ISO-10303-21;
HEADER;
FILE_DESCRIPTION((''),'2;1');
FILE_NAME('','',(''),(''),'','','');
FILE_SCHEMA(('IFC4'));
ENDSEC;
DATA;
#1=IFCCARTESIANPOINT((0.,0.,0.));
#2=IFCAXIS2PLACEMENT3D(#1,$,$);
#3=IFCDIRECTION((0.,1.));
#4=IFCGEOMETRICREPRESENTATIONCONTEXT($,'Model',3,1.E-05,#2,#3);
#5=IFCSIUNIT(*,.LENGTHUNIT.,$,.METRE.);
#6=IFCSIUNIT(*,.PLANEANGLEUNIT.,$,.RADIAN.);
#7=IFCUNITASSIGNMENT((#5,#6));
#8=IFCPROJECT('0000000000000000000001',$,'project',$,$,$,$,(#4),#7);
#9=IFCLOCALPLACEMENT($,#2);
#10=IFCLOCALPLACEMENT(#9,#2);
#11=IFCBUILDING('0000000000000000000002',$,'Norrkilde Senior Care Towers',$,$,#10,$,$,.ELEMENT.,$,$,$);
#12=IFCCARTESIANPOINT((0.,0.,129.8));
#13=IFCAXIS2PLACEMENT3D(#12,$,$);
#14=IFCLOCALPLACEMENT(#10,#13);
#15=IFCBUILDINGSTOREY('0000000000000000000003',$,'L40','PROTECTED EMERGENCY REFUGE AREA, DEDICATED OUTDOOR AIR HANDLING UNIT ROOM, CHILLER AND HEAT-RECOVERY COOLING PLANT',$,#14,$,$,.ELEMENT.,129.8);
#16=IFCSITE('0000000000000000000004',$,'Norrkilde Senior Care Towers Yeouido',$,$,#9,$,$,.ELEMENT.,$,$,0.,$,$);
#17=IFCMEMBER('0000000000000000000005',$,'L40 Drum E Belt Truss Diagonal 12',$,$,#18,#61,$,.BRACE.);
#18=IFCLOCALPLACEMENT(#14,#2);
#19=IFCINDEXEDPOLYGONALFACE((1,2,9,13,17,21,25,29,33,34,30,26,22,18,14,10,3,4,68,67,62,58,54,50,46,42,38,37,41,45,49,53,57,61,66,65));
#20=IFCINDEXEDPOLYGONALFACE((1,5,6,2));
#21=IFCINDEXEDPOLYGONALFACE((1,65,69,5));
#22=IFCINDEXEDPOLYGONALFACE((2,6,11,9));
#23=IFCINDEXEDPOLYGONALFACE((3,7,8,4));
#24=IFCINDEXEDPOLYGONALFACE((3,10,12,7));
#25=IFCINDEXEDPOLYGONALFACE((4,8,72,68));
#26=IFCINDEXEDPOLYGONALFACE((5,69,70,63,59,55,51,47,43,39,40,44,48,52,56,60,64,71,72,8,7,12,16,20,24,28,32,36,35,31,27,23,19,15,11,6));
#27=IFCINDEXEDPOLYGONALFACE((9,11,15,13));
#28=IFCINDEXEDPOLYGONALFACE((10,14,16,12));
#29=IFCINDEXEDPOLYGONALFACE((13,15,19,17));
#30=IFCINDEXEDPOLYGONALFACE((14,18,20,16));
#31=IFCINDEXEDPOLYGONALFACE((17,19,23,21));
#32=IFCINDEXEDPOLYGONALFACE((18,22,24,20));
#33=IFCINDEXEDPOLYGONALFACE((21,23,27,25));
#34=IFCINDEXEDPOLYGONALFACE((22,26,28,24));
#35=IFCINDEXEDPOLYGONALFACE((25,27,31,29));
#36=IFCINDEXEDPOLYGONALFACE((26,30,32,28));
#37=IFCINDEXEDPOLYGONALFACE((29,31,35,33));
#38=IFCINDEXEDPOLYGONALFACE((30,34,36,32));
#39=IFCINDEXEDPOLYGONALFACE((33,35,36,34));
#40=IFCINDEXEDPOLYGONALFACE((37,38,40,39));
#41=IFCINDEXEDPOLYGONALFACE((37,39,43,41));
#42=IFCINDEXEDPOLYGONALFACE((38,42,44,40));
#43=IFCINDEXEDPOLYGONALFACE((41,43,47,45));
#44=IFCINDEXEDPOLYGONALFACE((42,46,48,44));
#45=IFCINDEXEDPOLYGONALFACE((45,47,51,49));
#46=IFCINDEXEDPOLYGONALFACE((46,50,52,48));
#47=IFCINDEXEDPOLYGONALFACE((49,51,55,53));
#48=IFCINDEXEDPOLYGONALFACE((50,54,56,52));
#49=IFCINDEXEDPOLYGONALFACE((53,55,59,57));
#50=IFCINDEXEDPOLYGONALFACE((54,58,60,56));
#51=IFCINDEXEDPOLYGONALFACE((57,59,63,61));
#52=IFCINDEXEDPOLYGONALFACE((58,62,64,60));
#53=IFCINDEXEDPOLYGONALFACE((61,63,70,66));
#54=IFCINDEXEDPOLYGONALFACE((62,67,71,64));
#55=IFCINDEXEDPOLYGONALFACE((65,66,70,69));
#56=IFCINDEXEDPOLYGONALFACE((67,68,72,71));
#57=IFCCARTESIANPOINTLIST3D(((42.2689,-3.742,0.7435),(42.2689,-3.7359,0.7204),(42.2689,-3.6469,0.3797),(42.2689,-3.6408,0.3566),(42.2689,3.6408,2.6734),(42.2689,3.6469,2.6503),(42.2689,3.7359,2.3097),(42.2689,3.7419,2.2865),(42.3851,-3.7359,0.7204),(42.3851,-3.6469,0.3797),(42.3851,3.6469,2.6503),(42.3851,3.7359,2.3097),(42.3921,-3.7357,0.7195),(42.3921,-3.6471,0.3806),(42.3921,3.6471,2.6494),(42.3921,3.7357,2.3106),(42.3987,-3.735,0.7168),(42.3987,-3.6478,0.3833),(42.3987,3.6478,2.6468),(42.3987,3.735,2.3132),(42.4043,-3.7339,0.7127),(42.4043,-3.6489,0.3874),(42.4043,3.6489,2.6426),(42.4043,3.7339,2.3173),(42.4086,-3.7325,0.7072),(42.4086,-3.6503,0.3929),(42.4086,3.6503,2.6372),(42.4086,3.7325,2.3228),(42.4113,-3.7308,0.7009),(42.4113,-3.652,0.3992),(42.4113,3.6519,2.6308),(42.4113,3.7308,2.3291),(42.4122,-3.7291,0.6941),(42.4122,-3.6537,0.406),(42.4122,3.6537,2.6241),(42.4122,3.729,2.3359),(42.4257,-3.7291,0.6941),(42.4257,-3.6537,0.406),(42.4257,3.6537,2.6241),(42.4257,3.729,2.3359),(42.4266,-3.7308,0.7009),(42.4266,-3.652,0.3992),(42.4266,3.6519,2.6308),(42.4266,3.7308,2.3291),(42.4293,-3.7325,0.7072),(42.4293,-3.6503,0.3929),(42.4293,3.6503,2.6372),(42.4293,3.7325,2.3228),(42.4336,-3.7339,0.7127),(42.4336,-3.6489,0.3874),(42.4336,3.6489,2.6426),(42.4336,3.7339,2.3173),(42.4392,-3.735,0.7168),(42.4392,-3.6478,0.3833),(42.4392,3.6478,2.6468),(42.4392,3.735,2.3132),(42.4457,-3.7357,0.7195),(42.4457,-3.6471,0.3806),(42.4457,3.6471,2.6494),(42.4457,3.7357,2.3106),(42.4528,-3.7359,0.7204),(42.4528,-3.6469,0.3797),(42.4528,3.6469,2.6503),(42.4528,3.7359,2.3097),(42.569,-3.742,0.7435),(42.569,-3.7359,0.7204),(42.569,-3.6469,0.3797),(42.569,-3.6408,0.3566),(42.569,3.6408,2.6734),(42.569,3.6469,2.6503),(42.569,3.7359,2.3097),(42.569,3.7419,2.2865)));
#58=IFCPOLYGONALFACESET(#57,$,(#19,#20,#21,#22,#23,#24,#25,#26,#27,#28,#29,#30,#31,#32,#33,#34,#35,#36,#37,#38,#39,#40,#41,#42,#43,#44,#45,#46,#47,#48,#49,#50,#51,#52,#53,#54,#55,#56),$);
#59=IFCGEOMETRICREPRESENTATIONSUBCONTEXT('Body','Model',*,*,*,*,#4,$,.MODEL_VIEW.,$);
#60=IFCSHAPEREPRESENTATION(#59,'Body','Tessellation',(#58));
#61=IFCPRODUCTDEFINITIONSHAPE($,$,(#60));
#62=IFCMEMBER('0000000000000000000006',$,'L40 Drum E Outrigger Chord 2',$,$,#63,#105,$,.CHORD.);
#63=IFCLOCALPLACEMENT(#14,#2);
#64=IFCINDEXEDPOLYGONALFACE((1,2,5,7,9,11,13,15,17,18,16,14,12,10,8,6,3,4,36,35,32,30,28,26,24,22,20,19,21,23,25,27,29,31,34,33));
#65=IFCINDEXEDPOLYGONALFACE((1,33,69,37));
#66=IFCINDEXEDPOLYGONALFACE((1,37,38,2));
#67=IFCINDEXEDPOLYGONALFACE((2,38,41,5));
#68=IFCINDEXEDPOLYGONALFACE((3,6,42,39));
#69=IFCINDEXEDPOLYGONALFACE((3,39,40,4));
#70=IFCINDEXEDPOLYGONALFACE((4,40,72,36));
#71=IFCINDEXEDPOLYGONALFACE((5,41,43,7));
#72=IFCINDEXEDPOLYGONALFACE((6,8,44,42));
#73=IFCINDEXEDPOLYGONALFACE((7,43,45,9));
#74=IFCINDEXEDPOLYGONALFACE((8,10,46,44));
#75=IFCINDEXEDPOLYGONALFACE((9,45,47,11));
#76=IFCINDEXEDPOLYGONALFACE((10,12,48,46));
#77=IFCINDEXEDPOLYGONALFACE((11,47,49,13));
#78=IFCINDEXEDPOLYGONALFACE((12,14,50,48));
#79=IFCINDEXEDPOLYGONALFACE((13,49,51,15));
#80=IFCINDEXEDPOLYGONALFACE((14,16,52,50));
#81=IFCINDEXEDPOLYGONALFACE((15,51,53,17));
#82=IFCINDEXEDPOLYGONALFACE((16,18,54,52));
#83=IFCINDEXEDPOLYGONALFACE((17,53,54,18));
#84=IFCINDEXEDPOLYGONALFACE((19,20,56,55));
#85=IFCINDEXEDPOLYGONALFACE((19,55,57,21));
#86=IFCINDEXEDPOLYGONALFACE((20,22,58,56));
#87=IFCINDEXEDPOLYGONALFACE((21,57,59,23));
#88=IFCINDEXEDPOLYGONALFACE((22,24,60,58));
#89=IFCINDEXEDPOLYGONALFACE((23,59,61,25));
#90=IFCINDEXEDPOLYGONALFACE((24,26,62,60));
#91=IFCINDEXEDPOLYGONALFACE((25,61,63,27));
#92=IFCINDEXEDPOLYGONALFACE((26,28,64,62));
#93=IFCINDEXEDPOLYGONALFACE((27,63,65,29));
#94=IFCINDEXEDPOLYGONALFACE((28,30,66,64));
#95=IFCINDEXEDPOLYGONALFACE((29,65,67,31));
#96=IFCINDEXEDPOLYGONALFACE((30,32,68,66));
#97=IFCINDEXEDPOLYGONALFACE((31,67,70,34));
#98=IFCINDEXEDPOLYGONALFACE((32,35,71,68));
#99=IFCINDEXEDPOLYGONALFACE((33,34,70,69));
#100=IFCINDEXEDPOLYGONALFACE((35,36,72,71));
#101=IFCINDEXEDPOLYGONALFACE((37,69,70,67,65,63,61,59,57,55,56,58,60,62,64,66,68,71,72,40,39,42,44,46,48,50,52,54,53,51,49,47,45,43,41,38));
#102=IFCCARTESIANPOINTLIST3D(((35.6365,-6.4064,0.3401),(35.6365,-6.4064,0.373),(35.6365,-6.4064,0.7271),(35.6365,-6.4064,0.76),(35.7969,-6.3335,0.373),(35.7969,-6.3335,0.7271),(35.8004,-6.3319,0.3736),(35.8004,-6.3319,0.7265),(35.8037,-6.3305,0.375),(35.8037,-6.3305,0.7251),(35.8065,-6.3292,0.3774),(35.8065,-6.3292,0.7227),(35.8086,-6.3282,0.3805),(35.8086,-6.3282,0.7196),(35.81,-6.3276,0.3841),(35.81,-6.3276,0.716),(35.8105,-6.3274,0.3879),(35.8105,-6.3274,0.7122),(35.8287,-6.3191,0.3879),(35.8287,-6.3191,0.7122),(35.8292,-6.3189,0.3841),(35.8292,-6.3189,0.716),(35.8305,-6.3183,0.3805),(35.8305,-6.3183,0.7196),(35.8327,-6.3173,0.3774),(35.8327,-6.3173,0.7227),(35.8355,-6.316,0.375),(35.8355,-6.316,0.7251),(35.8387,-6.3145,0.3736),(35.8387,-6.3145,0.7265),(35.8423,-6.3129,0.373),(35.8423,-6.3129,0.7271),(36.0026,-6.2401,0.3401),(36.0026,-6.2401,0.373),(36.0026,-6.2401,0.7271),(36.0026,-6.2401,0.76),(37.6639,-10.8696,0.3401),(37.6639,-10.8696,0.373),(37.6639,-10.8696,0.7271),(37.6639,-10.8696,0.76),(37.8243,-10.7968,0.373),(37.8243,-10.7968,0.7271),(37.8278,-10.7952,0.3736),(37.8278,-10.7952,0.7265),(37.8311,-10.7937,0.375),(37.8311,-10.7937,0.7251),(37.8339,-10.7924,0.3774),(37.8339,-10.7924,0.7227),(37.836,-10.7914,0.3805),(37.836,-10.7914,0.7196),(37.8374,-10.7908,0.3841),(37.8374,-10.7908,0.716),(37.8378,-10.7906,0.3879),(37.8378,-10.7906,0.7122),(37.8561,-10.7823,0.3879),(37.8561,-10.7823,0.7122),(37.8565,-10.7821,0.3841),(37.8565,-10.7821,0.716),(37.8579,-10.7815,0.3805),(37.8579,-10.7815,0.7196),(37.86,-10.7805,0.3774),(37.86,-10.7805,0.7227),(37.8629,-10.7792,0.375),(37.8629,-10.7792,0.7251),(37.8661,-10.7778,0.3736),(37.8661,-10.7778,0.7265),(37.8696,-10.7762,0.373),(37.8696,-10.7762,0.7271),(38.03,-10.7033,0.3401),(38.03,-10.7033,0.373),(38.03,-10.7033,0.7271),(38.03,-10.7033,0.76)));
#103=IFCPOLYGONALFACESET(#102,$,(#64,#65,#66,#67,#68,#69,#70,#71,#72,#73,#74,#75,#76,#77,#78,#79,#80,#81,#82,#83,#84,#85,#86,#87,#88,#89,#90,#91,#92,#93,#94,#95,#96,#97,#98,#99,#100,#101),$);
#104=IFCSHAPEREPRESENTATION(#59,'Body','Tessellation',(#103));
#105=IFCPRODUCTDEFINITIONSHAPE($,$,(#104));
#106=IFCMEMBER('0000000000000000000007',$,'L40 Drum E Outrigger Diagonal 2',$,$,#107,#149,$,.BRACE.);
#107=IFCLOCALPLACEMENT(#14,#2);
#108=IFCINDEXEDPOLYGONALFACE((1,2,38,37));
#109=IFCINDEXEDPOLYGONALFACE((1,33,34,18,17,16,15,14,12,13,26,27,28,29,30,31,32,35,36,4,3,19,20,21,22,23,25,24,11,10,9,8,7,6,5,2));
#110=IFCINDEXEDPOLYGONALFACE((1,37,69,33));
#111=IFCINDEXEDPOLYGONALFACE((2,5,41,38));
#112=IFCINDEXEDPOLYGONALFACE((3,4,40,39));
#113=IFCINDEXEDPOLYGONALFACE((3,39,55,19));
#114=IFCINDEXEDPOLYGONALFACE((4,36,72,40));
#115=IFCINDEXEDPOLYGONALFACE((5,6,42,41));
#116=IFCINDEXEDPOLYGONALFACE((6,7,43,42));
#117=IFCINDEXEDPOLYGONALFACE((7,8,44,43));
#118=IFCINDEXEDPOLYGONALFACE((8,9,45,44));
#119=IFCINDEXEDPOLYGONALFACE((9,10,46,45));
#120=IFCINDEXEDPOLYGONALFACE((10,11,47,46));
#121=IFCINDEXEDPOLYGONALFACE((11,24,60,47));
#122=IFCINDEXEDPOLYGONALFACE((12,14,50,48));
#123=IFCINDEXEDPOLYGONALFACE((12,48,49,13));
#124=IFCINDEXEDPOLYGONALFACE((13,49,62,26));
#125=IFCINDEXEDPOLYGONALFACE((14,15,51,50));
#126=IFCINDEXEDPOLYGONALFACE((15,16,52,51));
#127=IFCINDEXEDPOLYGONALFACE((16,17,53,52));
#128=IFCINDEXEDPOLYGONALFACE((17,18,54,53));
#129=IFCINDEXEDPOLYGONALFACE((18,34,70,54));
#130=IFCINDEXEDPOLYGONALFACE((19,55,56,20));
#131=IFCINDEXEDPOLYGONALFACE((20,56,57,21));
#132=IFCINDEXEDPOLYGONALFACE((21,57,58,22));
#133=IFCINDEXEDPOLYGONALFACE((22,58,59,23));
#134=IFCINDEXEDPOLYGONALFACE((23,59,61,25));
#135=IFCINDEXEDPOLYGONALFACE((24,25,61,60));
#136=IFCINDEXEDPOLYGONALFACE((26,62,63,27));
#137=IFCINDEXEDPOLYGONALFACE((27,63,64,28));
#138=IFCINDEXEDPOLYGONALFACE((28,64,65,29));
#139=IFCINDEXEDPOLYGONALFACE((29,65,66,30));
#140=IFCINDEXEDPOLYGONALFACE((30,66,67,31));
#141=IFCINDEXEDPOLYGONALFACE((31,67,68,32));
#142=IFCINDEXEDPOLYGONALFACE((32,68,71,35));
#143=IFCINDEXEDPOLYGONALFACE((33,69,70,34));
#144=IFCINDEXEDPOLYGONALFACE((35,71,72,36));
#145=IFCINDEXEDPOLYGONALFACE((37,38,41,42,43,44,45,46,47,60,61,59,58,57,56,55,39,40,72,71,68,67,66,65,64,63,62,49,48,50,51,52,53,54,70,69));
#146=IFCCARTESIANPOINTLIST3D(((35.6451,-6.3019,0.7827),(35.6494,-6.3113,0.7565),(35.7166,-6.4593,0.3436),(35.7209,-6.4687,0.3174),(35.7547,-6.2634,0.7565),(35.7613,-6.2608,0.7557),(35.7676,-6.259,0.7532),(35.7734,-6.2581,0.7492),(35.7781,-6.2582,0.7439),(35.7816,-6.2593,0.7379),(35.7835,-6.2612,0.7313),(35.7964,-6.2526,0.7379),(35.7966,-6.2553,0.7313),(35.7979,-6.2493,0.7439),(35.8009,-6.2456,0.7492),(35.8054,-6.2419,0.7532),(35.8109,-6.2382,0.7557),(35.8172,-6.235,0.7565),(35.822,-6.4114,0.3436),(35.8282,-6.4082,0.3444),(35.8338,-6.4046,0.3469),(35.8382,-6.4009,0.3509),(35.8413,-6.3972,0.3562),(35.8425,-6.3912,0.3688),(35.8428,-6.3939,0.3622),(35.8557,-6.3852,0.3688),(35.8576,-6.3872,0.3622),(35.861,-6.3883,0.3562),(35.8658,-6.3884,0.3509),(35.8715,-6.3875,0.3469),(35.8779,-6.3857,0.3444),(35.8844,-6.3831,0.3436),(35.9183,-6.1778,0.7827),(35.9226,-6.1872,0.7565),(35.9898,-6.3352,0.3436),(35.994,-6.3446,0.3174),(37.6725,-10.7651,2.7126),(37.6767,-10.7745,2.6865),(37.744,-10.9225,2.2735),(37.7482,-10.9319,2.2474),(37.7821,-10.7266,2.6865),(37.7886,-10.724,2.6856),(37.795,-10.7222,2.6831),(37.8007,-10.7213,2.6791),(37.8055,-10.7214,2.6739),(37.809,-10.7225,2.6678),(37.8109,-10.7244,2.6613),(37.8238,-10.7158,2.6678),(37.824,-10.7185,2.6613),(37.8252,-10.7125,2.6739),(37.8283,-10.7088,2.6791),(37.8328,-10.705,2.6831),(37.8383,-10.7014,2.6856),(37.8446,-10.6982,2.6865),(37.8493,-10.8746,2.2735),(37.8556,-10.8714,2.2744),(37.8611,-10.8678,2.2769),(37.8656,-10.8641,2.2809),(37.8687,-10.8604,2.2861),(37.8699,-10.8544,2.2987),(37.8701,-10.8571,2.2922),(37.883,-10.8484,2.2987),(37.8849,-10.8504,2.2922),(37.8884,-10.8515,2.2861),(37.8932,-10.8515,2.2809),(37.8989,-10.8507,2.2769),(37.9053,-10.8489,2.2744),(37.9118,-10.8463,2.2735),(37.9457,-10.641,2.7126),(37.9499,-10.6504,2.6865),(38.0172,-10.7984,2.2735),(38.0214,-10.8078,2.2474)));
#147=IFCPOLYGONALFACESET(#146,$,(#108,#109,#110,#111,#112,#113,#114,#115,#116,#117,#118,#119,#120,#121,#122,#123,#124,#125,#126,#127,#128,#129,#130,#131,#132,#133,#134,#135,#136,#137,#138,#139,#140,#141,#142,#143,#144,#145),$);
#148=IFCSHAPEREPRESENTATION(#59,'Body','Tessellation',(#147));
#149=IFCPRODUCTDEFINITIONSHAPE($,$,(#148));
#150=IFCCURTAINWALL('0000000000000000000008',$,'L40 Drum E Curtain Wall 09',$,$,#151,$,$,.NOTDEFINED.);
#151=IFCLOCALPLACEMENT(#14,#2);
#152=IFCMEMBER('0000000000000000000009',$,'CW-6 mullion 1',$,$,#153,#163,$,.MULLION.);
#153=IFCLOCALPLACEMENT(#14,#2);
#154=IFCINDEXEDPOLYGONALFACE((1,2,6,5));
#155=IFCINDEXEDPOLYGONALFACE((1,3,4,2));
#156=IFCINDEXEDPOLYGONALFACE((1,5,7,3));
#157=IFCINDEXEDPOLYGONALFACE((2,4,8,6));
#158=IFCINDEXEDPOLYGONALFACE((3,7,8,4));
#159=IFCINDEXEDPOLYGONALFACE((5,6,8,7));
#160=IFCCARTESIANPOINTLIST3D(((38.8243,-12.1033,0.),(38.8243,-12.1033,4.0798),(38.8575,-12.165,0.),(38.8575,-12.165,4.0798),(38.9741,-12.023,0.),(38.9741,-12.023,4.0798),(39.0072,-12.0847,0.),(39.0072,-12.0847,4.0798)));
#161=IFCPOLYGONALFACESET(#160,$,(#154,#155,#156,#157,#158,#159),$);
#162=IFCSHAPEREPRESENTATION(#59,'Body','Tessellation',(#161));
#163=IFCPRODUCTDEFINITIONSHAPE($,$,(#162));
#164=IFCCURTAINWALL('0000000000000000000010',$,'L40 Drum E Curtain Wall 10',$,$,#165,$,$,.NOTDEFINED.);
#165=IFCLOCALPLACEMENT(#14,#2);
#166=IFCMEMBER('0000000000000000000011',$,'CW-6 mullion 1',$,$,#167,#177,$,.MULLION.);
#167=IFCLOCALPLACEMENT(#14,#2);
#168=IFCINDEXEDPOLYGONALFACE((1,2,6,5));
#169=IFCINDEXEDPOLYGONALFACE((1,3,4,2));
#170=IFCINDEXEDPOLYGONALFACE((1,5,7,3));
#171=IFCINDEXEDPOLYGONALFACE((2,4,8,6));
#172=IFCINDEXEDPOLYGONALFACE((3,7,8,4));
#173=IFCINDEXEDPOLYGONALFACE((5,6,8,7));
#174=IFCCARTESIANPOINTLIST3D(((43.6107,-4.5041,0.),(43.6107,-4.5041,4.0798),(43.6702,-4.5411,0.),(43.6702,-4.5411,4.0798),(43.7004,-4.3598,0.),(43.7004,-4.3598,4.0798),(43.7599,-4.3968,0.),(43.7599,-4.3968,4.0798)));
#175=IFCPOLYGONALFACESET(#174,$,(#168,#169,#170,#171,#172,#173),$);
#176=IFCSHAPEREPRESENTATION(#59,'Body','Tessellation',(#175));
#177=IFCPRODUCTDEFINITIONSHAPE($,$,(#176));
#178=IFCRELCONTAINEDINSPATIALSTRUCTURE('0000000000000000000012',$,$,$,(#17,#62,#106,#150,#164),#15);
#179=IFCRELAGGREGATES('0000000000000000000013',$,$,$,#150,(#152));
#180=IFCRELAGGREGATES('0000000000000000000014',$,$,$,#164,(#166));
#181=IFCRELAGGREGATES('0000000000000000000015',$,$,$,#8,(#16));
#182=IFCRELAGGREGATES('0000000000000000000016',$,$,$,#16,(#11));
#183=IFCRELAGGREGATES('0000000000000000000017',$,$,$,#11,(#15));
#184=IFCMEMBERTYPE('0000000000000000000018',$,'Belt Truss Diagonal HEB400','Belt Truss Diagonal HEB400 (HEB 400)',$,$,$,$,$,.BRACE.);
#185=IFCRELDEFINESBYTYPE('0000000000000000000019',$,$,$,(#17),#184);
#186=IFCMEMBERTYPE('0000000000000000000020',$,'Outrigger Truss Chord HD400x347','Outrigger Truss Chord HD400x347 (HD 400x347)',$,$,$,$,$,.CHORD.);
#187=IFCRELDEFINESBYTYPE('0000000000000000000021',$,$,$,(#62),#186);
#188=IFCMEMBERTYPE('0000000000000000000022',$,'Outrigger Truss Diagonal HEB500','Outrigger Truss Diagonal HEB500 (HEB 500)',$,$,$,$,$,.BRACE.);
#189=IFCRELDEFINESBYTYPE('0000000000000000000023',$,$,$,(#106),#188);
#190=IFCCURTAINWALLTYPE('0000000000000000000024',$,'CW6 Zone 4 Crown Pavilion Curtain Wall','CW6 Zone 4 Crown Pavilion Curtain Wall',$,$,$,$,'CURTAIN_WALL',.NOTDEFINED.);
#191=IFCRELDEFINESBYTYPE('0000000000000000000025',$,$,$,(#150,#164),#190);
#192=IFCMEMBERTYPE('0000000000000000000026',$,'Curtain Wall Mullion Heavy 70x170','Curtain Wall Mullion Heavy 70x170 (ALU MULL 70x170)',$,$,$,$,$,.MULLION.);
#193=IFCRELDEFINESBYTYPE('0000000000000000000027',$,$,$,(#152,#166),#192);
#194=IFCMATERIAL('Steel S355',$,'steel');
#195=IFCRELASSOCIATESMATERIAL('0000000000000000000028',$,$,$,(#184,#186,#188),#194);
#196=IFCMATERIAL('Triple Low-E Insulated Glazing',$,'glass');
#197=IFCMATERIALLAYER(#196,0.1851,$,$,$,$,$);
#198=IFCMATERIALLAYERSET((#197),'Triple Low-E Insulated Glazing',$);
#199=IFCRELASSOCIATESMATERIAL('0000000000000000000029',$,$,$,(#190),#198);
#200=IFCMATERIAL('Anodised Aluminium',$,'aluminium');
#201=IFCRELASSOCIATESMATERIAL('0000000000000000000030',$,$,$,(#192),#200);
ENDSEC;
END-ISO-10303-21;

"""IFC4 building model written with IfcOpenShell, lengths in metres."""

from ifc_helpers import new_model, si_unit, direction, frame, origin, origin_2d, place, context, subcontext, project, spatial, rectangle, i_section, extrude, source, transform, mapped, material, layer, layer_set, material_profile, profile_set, type_object, type_shapes, element, aggregate, save


model = new_model("IFC4")

# Units and contexts
model_context = context("Model", 3, precision=1e-05, world=origin(), true_north=direction((0.0, 1.0)))
body_context = subcontext(model_context, "Body", "Model", "MODEL_VIEW")
ifc_project = project(units=[si_unit("LENGTHUNIT", "METRE"), si_unit("PLANEANGLEUNIT", "RADIAN")], contexts=[model_context])

# Site, building, storey
site_placement = place(None, origin())
site = spatial("IfcSite", under=ifc_project, at=site_placement, Name="Norrkilde Senior Care Towers Yeouido", CompositionType="ELEMENT", RefElevation=0.0)
building_placement = place(site_placement, origin())
building = spatial("IfcBuilding", under=site, at=building_placement, Name="Norrkilde Senior Care Towers", CompositionType="ELEMENT")
storey_placement = place(building_placement, frame((0.0, 0.0, 129.8)))
storey = spatial("IfcBuildingStorey", under=building, at=storey_placement, Name="L40", Description="PROTECTED EMERGENCY REFUGE AREA, DEDICATED OUTDOOR AIR HANDLING UNIT ROOM, CHILLER AND HEAT-RECOVERY COOLING PLANT", CompositionType="ELEMENT", Elevation=129.8)

# Members
ifc_material_1 = material(Name="Steel S355", Category="steel")
ifc_material_profile_1 = material_profile(ifc_material_1, i_section(OverallWidth=0.3, OverallDepth=0.3999, WebThickness=0.0134, FlangeThickness=0.0239, FilletRadius=0.0271, at=origin_2d()), Name="HEB 400")
ifc_profile_set_1 = profile_set([ifc_material_profile_1], Name="Steel S355")
member_type_1 = type_object("IfcMemberType", Name="Belt Truss Diagonal HEB400", Description="Belt Truss Diagonal HEB400 (HEB 400)", PredefinedType="BRACE", material=ifc_profile_set_1)
shared_shape_1 = source(origin(), body_context, "Body", "SweptSolid", [
    extrude(i_section(OverallWidth=0.3, OverallDepth=0.3999, WebThickness=0.0134, FlangeThickness=0.0239, FilletRadius=0.0271, at=origin_2d()), origin(), (0.0, 0.0, 1.0), 7.6309),
])
member_1_placement = place(storey_placement, frame((42.4189, -3.6914, 0.55), z_axis=(0.0, 0.96749, 0.25291), x_axis=(-1.0, 0.0, 0.0)))
element("IfcMember", 1, at=member_1_placement, inside=storey, type_object=member_type_1, Name="L40 Drum E Belt Truss Diagonal 12", PredefinedType="BRACE", context=body_context, shape_type="MappedRepresentation", body=[
    mapped(shared_shape_1, transform((0.0, 0.0, 0.0), x_axis=(1.0, 0.0, 0.0), y_axis=(0.0, 1.0, 0.0), z_axis=(0.0, 0.0, 1.0), scale=1.0)),
])
ifc_material_profile_2 = material_profile(ifc_material_1, i_section(OverallWidth=0.4021, OverallDepth=0.4199, WebThickness=0.02, FlangeThickness=0.033, FilletRadius=0.0149, at=origin_2d()), Name="HD 400x347")
ifc_profile_set_2 = profile_set([ifc_material_profile_2], Name="Steel S355")
member_type_2 = type_object("IfcMemberType", Name="Outrigger Truss Chord HD400x347", Description="Outrigger Truss Chord HD400x347 (HD 400x347)", PredefinedType="CHORD", material=ifc_profile_set_2)
shared_shape_2 = source(origin(), body_context, "Body", "SweptSolid", [
    extrude(i_section(OverallWidth=0.4021, OverallDepth=0.4199, WebThickness=0.02, FlangeThickness=0.033, FilletRadius=0.0149, at=origin_2d()), origin(), (0.0, 0.0, 1.0), 4.9021),
])
type_shapes(member_type_2, [shared_shape_2])
member_2_placement = place(storey_placement, frame((35.8196, -6.3232, 0.55), z_axis=(0.413574, -0.91047, 0.0), x_axis=(0.91047, 0.413574, 0.0)))
element("IfcMember", 2, at=member_2_placement, inside=storey, type_object=member_type_2, Name="L40 Drum E Outrigger Chord 2", PredefinedType="CHORD", context=body_context, shape_type="MappedRepresentation", body=[
    mapped(shared_shape_2, transform((0.0, 0.0, 0.0), x_axis=(1.0, 0.0, 0.0), y_axis=(0.0, 1.0, 0.0), z_axis=(0.0, 0.0, 1.0), scale=1.0)),
])
ifc_material_profile_3 = material_profile(ifc_material_1, i_section(OverallWidth=0.3, OverallDepth=0.5, WebThickness=0.0144, FlangeThickness=0.0281, FilletRadius=0.0271, at=origin_2d()), Name="HEB 500")
ifc_profile_set_3 = profile_set([ifc_material_profile_3], Name="Steel S355")
member_type_3 = type_object("IfcMemberType", Name="Outrigger Truss Diagonal HEB500", Description="Outrigger Truss Diagonal HEB500 (HEB 500)", PredefinedType="BRACE", material=ifc_profile_set_3)
shared_shape_3 = source(origin(), body_context, "Body", "SweptSolid", [
    extrude(i_section(OverallWidth=0.3, OverallDepth=0.5, WebThickness=0.0144, FlangeThickness=0.0281, FilletRadius=0.0271, at=origin_2d()), origin(), (0.0, 0.0, 1.0), 5.2683),
])
type_shapes(member_type_3, [shared_shape_3])
member_3_placement = place(storey_placement, frame((35.8196, -6.3232, 0.55), z_axis=(0.384824, -0.847178, 0.366333), x_axis=(0.91047, 0.413574, 0.0)))
element("IfcMember", 3, at=member_3_placement, inside=storey, type_object=member_type_3, Name="L40 Drum E Outrigger Diagonal 2", PredefinedType="BRACE", context=body_context, shape_type="MappedRepresentation", body=[
    mapped(shared_shape_3, transform((0.0, 0.0, 0.0), x_axis=(1.0, 0.0, 0.0), y_axis=(0.0, 1.0, 0.0), z_axis=(0.0, 0.0, 1.0), scale=1.0)),
])

# Curtain wall, member
ifc_material_2 = material(Name="Triple Low-E Insulated Glazing", Category="glass")
ifc_layer_1 = layer(ifc_material_2, 0.1851)
ifc_layer_set_1 = layer_set([ifc_layer_1], Name="Triple Low-E Insulated Glazing")
curtain_wall_type = type_object("IfcCurtainWallType", Name="CW6 Zone 4 Crown Pavilion Curtain Wall", Description="CW6 Zone 4 Crown Pavilion Curtain Wall", ElementType="CURTAIN_WALL", PredefinedType="NOTDEFINED", material=ifc_layer_set_1)
curtain_wall_1_placement = place(storey_placement, origin())
curtain_wall_1 = element("IfcCurtainWall", 4, at=curtain_wall_1_placement, inside=storey, type_object=curtain_wall_type, Name="L40 Drum E Curtain Wall 09", PredefinedType="NOTDEFINED")
ifc_material_3 = material(Name="Anodised Aluminium", Category="aluminium")
ifc_material_profile_4 = material_profile(ifc_material_3, rectangle(XDim=0.0701, YDim=0.1699, at=origin_2d()), Name="ALU MULL 70x170")
ifc_profile_set_4 = profile_set([ifc_material_profile_4], Name="Anodised Aluminium")
member_type_4 = type_object("IfcMemberType", Name="Curtain Wall Mullion Heavy 70x170", Description="Curtain Wall Mullion Heavy 70x170 (ALU MULL 70x170)", PredefinedType="MULLION", material=ifc_profile_set_4)
shared_shape_4 = source(origin(), body_context, "Body", "SweptSolid", [
    extrude(rectangle(XDim=0.0701, YDim=0.1699, at=origin_2d()), origin(), (0.0, 0.0, 1.0), 4.0798),
])
type_shapes(member_type_4, [shared_shape_4])
member_4_placement = place(storey_placement, frame((38.9158, -12.094, 0.0), z_axis=(0.0, 0.0, 1.0), x_axis=(0.472769, -0.881186, 0.0)))
member_4 = element("IfcMember", 5, at=member_4_placement, type_object=member_type_4, Name="CW-6 mullion 1", PredefinedType="MULLION", context=body_context, shape_type="MappedRepresentation", body=[
    mapped(shared_shape_4, transform((0.0, 0.0, 0.0), x_axis=(1.0, 0.0, 0.0), y_axis=(0.0, 1.0, 0.0), z_axis=(0.0, 0.0, 1.0), scale=1.0)),
])

# Curtain wall, member
curtain_wall_2_placement = place(storey_placement, origin())
curtain_wall_2 = element("IfcCurtainWall", 6, at=curtain_wall_2_placement, inside=storey, type_object=curtain_wall_type, Name="L40 Drum E Curtain Wall 10", PredefinedType="NOTDEFINED")
member_5_placement = place(storey_placement, frame((43.6853, -4.4504, 0.0), z_axis=(0.0, 0.0, 1.0), x_axis=(0.84941, -0.527733, 0.0)))
member_5 = element("IfcMember", 7, at=member_5_placement, type_object=member_type_4, Name="CW-6 mullion 1", PredefinedType="MULLION", context=body_context, shape_type="MappedRepresentation", body=[
    mapped(shared_shape_4, transform((0.0, 0.0, 0.0), x_axis=(1.0, 0.0, 0.0), y_axis=(0.0, 1.0, 0.0), z_axis=(0.0, 0.0, 1.0), scale=1.0)),
])

aggregate(curtain_wall_1, [member_4])

aggregate(curtain_wall_2, [member_5])

save(model, "model.ifc")
